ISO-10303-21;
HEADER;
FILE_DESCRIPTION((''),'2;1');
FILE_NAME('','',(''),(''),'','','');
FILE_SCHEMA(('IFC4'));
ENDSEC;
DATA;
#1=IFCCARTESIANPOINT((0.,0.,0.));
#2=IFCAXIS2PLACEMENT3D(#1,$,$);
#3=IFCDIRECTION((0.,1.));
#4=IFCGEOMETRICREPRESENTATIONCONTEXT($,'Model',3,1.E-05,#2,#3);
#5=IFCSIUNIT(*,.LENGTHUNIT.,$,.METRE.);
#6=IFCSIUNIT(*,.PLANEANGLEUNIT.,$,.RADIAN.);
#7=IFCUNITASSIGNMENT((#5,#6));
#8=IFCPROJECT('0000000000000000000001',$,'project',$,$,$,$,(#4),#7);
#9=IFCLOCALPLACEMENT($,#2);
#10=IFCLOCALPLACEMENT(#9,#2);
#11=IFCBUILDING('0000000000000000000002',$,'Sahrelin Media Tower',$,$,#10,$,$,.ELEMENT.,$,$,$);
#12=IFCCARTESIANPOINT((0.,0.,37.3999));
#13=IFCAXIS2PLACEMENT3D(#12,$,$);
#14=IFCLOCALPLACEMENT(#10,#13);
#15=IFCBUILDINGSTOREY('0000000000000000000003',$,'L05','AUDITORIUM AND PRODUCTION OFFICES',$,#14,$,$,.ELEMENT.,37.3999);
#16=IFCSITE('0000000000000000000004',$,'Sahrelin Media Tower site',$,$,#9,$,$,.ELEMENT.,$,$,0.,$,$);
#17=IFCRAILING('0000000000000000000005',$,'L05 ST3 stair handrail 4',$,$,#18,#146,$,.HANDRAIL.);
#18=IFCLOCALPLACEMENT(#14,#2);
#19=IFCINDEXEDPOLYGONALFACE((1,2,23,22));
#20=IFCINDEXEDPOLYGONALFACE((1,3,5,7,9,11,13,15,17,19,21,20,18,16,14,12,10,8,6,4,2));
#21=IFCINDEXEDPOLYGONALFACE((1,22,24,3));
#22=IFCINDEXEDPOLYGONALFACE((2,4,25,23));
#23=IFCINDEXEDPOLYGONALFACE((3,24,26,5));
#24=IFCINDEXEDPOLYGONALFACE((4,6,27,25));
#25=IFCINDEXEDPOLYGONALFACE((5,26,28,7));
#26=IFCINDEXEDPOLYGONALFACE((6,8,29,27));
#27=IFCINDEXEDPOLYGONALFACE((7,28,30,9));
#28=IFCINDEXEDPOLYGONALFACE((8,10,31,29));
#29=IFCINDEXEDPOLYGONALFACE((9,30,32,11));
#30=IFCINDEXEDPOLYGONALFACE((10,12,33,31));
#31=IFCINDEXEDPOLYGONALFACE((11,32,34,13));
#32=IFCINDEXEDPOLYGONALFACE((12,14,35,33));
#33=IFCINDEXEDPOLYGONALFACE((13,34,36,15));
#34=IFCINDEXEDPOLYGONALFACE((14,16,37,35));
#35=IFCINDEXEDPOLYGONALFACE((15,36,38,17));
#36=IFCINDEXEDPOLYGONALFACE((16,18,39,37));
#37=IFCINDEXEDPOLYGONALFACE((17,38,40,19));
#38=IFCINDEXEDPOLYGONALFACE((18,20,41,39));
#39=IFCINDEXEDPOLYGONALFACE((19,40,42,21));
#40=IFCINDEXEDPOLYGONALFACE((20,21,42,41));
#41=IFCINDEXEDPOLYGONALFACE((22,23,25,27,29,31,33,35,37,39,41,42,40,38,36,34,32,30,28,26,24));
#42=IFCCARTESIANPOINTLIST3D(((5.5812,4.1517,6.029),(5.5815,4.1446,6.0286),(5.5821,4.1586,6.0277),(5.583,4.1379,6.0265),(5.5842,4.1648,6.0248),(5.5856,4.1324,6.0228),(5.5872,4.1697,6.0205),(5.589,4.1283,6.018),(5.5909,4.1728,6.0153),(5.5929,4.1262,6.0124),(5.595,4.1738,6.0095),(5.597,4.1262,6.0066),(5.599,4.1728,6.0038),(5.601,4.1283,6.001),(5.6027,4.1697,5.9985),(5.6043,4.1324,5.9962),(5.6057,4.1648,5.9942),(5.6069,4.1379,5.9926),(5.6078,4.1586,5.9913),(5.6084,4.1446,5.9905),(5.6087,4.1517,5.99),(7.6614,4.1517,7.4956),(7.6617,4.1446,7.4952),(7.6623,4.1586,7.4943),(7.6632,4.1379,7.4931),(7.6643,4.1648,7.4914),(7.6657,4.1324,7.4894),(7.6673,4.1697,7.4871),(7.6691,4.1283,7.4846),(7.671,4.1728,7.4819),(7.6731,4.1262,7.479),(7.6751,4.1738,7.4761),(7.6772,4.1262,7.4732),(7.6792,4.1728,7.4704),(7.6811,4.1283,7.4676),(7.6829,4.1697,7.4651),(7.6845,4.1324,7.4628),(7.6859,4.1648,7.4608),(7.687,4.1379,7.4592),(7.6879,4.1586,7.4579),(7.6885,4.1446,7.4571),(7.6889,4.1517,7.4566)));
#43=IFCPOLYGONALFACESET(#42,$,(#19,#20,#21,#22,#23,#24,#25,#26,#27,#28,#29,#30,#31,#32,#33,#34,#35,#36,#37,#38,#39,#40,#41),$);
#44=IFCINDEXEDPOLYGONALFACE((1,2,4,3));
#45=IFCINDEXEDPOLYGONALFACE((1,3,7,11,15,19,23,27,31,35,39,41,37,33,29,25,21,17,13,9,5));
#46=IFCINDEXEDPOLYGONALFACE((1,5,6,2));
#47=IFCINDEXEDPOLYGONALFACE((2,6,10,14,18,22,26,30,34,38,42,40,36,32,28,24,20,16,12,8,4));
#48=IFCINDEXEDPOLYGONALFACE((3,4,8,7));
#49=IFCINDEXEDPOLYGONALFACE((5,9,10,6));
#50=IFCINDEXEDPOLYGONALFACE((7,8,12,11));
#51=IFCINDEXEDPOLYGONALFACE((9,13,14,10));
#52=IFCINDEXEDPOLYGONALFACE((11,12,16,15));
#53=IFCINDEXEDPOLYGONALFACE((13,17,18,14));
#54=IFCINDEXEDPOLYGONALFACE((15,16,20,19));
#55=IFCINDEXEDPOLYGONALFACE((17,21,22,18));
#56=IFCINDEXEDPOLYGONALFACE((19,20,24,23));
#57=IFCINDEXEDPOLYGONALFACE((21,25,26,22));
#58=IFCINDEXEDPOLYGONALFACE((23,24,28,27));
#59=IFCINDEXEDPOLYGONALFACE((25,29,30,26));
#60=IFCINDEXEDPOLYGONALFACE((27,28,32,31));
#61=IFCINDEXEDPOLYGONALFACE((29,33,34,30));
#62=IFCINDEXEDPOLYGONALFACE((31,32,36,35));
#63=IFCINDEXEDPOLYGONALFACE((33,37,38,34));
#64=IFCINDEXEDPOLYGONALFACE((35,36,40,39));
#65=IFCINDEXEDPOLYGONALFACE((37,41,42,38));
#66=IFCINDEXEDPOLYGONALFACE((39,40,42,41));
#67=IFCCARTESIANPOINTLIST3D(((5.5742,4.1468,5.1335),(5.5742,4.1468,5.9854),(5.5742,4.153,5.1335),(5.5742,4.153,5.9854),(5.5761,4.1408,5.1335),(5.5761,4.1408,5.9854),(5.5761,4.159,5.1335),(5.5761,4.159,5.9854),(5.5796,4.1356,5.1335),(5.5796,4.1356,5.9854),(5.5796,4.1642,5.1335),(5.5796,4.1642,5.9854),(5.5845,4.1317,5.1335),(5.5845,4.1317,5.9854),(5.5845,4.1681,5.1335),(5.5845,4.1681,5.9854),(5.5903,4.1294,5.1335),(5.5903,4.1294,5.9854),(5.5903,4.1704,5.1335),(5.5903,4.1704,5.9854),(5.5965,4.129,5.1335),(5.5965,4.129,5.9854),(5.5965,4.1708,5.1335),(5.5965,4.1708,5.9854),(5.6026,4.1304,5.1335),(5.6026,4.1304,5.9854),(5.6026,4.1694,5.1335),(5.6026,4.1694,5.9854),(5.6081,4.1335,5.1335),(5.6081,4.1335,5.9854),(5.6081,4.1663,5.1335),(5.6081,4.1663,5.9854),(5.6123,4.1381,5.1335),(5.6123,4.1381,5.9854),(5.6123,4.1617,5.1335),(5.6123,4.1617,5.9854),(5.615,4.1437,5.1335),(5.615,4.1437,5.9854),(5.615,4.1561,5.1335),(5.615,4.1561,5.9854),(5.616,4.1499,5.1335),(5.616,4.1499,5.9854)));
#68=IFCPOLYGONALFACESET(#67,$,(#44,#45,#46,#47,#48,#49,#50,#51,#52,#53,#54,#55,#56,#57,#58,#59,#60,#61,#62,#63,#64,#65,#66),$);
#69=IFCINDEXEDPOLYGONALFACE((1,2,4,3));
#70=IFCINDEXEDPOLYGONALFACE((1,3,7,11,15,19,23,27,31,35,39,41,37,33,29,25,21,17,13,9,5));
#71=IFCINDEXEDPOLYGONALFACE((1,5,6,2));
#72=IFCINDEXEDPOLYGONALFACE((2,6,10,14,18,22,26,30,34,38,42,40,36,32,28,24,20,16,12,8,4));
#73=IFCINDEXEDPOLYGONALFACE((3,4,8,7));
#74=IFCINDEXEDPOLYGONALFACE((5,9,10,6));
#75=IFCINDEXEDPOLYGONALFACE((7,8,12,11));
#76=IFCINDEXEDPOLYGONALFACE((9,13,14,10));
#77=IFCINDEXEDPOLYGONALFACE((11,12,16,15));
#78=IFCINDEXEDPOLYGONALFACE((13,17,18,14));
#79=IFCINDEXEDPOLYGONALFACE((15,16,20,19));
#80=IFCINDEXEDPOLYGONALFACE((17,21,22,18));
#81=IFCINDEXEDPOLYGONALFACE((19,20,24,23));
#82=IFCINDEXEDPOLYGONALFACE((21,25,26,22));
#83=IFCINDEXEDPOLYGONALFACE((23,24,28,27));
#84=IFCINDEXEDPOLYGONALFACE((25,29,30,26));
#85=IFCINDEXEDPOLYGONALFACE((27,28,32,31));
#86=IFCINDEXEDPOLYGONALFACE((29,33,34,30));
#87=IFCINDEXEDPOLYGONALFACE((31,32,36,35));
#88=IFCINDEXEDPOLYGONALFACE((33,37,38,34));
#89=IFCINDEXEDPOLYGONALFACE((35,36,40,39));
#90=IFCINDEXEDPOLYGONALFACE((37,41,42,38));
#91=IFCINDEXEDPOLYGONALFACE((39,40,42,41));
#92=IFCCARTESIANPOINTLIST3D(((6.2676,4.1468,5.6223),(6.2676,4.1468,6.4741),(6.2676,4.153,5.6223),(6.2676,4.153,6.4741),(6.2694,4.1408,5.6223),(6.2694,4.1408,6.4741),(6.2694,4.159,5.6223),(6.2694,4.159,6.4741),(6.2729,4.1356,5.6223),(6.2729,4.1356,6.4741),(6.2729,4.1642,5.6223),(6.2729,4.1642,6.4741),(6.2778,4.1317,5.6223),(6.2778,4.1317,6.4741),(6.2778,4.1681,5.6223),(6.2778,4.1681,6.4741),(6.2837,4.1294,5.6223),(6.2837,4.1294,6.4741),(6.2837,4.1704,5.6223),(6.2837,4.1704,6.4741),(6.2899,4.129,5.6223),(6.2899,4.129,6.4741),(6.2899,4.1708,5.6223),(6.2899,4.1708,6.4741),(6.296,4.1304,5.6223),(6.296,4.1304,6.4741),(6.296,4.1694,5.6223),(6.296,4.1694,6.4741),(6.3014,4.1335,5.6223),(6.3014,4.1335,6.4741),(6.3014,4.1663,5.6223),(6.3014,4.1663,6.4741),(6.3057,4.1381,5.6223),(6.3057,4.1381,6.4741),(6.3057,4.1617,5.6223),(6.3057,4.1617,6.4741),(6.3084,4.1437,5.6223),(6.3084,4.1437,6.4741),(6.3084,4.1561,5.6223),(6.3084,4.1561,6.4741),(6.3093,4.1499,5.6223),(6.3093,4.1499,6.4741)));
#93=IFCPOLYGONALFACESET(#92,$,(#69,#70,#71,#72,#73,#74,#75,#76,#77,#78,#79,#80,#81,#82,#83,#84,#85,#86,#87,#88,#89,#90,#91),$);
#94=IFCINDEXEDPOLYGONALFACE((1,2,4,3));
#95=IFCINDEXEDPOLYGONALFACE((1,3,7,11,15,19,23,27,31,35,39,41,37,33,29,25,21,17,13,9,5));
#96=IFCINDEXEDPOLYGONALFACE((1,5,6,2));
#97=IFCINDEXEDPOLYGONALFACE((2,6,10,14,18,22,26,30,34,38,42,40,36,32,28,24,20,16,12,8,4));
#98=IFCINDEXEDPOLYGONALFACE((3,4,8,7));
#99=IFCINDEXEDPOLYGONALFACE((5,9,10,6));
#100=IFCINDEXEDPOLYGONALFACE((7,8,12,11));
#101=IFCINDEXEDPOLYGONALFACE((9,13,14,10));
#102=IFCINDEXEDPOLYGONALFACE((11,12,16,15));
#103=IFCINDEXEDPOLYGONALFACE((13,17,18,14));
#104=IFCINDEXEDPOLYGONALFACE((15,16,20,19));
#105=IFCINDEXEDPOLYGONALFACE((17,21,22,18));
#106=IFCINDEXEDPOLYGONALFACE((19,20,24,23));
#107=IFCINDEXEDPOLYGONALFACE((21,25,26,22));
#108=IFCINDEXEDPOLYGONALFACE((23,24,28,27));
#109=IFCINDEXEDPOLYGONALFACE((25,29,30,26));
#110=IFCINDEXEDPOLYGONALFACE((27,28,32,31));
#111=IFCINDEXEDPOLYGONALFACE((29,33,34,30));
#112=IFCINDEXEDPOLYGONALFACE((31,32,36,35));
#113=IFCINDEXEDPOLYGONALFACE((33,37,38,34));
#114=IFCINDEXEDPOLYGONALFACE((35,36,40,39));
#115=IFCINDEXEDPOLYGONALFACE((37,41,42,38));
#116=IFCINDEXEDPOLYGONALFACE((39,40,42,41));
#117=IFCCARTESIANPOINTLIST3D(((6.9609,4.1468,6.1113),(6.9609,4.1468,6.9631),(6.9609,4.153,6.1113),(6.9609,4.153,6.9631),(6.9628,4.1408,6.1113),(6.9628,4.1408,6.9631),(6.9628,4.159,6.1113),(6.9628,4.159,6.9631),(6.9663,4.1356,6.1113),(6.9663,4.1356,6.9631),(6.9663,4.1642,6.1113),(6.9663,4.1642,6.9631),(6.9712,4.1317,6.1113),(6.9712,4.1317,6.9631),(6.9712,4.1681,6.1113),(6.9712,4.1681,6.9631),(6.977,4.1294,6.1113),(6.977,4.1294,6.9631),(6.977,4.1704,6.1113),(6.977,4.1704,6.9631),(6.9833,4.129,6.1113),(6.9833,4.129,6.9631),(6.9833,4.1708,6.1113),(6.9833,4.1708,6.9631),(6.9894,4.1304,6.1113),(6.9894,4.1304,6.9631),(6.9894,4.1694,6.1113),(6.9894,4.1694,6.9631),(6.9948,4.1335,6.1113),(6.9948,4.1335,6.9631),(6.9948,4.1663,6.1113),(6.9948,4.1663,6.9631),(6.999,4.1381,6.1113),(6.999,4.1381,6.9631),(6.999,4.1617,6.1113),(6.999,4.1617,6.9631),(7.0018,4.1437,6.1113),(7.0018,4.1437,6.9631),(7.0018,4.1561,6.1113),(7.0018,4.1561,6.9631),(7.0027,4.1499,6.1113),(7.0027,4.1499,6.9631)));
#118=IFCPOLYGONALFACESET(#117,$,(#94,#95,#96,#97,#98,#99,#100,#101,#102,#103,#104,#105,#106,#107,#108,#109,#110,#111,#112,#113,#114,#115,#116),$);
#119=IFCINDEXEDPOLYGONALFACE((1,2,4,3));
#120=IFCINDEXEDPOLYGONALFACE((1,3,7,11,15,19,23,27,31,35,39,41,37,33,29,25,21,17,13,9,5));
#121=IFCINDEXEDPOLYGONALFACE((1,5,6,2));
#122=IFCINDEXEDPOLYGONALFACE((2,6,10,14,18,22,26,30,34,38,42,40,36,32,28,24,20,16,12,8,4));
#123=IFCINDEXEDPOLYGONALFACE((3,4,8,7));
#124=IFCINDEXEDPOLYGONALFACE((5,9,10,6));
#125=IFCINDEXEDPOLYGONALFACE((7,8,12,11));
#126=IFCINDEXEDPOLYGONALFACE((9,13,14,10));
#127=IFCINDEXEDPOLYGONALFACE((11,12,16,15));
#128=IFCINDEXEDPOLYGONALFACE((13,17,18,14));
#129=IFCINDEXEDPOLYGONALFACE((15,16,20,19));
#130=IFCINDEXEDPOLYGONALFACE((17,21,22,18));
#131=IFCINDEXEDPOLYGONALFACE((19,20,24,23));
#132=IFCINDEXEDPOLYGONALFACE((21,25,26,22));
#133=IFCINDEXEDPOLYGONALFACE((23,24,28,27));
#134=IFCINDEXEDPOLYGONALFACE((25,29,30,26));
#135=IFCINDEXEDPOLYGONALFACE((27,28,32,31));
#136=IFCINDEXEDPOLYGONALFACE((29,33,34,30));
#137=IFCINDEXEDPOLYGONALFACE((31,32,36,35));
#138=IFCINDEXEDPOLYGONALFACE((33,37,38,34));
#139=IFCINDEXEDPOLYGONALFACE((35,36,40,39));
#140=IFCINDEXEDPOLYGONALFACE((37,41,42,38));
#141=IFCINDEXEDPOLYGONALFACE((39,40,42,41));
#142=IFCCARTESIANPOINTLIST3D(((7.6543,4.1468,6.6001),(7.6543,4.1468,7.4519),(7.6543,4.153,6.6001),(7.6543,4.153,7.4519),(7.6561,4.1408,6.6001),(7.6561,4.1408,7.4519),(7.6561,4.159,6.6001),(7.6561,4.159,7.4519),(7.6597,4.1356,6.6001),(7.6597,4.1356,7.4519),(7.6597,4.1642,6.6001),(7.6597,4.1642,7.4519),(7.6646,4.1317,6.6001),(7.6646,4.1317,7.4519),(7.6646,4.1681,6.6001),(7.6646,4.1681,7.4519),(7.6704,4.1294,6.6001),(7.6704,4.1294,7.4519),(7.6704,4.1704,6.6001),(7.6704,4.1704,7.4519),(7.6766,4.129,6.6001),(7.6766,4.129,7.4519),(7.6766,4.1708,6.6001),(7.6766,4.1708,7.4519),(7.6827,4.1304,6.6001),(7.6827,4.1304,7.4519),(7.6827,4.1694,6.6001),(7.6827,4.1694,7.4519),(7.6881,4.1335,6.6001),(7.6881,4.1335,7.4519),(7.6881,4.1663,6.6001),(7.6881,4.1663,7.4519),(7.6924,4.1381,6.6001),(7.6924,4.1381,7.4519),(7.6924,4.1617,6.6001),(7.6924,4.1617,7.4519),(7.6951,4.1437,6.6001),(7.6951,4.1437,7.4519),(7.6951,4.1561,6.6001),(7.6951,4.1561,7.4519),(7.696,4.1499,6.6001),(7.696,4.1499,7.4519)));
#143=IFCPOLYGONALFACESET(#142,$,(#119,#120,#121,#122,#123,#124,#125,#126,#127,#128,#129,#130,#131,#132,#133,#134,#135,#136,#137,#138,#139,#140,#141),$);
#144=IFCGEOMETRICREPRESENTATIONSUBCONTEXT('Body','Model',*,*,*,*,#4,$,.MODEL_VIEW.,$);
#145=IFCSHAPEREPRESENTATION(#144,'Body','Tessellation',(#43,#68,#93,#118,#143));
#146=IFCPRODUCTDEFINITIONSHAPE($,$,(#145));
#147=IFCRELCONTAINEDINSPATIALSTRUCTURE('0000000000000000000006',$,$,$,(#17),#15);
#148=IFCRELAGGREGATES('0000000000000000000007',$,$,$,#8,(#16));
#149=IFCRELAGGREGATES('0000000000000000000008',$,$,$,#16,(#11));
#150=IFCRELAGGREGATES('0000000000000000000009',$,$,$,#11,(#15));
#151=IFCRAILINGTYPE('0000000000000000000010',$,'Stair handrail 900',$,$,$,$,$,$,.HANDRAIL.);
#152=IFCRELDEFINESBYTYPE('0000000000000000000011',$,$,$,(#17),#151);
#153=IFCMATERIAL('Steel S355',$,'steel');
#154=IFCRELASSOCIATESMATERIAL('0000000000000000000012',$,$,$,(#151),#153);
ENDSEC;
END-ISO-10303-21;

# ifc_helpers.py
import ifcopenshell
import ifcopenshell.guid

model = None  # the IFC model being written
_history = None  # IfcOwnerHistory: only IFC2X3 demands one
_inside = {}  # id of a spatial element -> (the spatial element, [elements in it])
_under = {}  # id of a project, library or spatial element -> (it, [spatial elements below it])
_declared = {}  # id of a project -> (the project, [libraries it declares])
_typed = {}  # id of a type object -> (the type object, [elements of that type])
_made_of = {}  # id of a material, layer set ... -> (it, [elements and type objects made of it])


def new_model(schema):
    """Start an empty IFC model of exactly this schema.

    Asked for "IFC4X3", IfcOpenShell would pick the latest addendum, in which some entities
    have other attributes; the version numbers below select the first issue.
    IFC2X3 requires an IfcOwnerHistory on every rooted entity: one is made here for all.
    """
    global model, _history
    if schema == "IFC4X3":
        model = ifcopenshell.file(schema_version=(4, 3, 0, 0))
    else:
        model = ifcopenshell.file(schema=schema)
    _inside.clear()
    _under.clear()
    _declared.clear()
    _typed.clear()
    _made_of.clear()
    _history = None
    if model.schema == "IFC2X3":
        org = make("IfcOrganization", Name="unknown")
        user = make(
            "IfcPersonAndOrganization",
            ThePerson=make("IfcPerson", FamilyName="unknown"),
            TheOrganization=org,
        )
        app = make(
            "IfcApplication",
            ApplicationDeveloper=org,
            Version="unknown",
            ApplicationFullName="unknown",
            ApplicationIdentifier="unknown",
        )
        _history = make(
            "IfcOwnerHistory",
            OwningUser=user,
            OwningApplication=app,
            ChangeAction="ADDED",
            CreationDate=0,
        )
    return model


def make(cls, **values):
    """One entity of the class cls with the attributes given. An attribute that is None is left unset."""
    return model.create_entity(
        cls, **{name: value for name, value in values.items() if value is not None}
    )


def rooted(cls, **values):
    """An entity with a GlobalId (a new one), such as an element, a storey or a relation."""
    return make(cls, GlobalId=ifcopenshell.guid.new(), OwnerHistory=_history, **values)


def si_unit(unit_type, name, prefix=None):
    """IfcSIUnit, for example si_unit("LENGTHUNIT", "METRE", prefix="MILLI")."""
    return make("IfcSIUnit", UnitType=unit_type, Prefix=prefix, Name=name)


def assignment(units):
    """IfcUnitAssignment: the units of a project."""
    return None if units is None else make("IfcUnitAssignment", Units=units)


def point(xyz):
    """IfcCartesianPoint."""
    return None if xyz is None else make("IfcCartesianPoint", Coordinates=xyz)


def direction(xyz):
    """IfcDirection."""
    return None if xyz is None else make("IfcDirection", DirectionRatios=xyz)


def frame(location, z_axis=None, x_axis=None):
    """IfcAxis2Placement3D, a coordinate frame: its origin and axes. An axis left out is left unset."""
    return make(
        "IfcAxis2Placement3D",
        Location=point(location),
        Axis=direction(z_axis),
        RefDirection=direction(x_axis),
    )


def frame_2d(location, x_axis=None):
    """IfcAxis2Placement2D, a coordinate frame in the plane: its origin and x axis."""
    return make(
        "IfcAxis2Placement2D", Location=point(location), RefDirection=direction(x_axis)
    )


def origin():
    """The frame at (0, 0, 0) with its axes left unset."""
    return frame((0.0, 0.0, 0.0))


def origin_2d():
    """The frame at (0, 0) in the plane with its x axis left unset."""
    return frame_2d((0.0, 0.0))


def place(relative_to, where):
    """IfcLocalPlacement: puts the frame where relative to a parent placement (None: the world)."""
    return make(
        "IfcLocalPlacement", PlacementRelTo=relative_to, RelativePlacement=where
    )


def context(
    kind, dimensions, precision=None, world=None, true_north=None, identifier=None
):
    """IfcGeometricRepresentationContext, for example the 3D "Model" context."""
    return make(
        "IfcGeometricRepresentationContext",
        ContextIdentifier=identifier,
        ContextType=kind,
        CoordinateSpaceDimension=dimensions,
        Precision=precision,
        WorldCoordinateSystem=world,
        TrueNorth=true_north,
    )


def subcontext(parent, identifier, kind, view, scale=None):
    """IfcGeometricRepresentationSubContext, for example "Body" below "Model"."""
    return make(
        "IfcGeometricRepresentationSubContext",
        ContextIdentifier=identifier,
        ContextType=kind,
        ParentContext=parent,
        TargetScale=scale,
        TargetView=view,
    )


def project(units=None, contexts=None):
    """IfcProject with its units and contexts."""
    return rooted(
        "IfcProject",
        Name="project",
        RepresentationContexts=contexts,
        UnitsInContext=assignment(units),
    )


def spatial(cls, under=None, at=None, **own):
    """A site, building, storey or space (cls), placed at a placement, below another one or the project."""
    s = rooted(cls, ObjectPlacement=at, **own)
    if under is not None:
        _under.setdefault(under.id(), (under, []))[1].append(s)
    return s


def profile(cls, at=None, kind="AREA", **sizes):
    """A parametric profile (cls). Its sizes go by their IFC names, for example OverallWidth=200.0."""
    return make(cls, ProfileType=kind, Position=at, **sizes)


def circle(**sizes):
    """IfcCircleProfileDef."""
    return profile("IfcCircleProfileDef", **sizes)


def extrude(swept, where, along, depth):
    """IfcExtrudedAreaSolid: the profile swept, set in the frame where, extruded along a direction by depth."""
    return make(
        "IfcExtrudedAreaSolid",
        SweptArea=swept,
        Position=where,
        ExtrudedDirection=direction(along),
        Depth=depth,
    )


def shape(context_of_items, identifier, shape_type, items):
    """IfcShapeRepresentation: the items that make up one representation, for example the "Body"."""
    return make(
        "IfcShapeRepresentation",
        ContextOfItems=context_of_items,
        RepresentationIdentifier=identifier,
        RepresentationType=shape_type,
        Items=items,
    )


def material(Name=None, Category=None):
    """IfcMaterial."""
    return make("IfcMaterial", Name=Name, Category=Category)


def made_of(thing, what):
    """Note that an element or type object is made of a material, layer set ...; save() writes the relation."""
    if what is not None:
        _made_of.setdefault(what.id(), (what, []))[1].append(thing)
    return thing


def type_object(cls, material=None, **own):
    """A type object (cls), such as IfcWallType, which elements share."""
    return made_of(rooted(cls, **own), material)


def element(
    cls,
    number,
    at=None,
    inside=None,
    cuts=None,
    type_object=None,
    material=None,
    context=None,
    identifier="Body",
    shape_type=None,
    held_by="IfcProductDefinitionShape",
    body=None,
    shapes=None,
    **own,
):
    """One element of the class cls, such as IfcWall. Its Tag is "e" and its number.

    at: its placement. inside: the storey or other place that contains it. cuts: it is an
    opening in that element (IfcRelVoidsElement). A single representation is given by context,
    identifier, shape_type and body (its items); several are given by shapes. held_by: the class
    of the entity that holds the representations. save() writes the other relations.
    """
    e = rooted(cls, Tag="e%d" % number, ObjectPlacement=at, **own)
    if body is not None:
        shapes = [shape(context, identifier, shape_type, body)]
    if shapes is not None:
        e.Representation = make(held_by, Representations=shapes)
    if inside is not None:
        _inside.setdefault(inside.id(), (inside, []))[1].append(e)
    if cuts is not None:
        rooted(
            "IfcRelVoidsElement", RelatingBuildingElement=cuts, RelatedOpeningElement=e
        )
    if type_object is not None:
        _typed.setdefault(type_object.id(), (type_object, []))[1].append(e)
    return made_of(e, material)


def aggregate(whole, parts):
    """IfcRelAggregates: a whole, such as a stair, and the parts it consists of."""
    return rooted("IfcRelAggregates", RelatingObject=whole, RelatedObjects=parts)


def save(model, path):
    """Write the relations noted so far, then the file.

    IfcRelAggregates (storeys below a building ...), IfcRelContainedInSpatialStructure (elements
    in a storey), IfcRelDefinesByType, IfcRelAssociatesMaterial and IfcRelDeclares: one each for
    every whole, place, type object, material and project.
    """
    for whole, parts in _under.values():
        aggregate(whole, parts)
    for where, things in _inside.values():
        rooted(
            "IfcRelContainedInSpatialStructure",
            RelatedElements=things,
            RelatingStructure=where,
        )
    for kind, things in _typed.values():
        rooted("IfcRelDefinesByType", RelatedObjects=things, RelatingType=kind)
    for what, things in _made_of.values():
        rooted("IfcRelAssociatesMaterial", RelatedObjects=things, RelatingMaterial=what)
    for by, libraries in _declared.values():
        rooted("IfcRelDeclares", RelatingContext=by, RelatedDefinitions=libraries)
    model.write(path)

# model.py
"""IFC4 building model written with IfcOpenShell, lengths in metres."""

from ifc_helpers import new_model, si_unit, direction, frame, origin, origin_2d, place, context, subcontext, project, spatial, circle, extrude, material, type_object, element, save


model = new_model("IFC4")

# Units and contexts
model_context = context("Model", 3, precision=1e-05, world=origin(), true_north=direction((0.0, 1.0)))
body_context = subcontext(model_context, "Body", "Model", "MODEL_VIEW")
ifc_project = project(units=[si_unit("LENGTHUNIT", "METRE"), si_unit("PLANEANGLEUNIT", "RADIAN")], contexts=[model_context])

# Site, building, storey
site_placement = place(None, origin())
site = spatial("IfcSite", under=ifc_project, at=site_placement, Name="Sahrelin Media Tower site", CompositionType="ELEMENT", RefElevation=0.0)
building_placement = place(site_placement, origin())
building = spatial("IfcBuilding", under=site, at=building_placement, Name="Sahrelin Media Tower", CompositionType="ELEMENT")
storey_placement = place(building_placement, frame((0.0, 0.0, 37.3999)))
storey = spatial("IfcBuildingStorey", under=building, at=storey_placement, Name="L05", Description="AUDITORIUM AND PRODUCTION OFFICES", CompositionType="ELEMENT", Elevation=37.3999)

# Shared definitions
ifc_material_1 = material(Name="Steel S355", Category="steel")

# Railing
railing_type_1 = type_object("IfcRailingType", Name="Stair handrail 900", PredefinedType="HANDRAIL", material=ifc_material_1)
for number, where, name in (
    (1, (5.595, 4.1499, 5.1335), "L05 ST3 stair handrail 4"),
):
    element("IfcRailing", number, at=place(storey_placement, frame(where)), inside=storey, type_object=railing_type_1, Name=name, PredefinedType="HANDRAIL", context=body_context, shape_type="SweptSolid", body=[
        extrude(circle(Radius=0.0239, at=origin_2d()), frame((0.0, 0.0, 0.876), z_axis=(0.817289, 0.0, 0.576227), x_axis=(0.0, 1.0, 0.0)), (0.0, 0.0, 1.0), 2.5452),
        extrude(circle(Radius=0.021, at=origin_2d()), origin(), (0.0, 0.0, 1.0), 0.8518),
        extrude(circle(Radius=0.021, at=origin_2d()), frame((0.6934, 0.0, 0.4888)), (0.0, 0.0, 1.0), 0.8518),
        extrude(circle(Radius=0.021, at=origin_2d()), frame((1.3867, 0.0, 0.9778)), (0.0, 0.0, 1.0), 0.8518),
        extrude(circle(Radius=0.021, at=origin_2d()), frame((2.0801, 0.0, 1.4666)), (0.0, 0.0, 1.0), 0.8518),
    ])

save(model, "model.ifc")
